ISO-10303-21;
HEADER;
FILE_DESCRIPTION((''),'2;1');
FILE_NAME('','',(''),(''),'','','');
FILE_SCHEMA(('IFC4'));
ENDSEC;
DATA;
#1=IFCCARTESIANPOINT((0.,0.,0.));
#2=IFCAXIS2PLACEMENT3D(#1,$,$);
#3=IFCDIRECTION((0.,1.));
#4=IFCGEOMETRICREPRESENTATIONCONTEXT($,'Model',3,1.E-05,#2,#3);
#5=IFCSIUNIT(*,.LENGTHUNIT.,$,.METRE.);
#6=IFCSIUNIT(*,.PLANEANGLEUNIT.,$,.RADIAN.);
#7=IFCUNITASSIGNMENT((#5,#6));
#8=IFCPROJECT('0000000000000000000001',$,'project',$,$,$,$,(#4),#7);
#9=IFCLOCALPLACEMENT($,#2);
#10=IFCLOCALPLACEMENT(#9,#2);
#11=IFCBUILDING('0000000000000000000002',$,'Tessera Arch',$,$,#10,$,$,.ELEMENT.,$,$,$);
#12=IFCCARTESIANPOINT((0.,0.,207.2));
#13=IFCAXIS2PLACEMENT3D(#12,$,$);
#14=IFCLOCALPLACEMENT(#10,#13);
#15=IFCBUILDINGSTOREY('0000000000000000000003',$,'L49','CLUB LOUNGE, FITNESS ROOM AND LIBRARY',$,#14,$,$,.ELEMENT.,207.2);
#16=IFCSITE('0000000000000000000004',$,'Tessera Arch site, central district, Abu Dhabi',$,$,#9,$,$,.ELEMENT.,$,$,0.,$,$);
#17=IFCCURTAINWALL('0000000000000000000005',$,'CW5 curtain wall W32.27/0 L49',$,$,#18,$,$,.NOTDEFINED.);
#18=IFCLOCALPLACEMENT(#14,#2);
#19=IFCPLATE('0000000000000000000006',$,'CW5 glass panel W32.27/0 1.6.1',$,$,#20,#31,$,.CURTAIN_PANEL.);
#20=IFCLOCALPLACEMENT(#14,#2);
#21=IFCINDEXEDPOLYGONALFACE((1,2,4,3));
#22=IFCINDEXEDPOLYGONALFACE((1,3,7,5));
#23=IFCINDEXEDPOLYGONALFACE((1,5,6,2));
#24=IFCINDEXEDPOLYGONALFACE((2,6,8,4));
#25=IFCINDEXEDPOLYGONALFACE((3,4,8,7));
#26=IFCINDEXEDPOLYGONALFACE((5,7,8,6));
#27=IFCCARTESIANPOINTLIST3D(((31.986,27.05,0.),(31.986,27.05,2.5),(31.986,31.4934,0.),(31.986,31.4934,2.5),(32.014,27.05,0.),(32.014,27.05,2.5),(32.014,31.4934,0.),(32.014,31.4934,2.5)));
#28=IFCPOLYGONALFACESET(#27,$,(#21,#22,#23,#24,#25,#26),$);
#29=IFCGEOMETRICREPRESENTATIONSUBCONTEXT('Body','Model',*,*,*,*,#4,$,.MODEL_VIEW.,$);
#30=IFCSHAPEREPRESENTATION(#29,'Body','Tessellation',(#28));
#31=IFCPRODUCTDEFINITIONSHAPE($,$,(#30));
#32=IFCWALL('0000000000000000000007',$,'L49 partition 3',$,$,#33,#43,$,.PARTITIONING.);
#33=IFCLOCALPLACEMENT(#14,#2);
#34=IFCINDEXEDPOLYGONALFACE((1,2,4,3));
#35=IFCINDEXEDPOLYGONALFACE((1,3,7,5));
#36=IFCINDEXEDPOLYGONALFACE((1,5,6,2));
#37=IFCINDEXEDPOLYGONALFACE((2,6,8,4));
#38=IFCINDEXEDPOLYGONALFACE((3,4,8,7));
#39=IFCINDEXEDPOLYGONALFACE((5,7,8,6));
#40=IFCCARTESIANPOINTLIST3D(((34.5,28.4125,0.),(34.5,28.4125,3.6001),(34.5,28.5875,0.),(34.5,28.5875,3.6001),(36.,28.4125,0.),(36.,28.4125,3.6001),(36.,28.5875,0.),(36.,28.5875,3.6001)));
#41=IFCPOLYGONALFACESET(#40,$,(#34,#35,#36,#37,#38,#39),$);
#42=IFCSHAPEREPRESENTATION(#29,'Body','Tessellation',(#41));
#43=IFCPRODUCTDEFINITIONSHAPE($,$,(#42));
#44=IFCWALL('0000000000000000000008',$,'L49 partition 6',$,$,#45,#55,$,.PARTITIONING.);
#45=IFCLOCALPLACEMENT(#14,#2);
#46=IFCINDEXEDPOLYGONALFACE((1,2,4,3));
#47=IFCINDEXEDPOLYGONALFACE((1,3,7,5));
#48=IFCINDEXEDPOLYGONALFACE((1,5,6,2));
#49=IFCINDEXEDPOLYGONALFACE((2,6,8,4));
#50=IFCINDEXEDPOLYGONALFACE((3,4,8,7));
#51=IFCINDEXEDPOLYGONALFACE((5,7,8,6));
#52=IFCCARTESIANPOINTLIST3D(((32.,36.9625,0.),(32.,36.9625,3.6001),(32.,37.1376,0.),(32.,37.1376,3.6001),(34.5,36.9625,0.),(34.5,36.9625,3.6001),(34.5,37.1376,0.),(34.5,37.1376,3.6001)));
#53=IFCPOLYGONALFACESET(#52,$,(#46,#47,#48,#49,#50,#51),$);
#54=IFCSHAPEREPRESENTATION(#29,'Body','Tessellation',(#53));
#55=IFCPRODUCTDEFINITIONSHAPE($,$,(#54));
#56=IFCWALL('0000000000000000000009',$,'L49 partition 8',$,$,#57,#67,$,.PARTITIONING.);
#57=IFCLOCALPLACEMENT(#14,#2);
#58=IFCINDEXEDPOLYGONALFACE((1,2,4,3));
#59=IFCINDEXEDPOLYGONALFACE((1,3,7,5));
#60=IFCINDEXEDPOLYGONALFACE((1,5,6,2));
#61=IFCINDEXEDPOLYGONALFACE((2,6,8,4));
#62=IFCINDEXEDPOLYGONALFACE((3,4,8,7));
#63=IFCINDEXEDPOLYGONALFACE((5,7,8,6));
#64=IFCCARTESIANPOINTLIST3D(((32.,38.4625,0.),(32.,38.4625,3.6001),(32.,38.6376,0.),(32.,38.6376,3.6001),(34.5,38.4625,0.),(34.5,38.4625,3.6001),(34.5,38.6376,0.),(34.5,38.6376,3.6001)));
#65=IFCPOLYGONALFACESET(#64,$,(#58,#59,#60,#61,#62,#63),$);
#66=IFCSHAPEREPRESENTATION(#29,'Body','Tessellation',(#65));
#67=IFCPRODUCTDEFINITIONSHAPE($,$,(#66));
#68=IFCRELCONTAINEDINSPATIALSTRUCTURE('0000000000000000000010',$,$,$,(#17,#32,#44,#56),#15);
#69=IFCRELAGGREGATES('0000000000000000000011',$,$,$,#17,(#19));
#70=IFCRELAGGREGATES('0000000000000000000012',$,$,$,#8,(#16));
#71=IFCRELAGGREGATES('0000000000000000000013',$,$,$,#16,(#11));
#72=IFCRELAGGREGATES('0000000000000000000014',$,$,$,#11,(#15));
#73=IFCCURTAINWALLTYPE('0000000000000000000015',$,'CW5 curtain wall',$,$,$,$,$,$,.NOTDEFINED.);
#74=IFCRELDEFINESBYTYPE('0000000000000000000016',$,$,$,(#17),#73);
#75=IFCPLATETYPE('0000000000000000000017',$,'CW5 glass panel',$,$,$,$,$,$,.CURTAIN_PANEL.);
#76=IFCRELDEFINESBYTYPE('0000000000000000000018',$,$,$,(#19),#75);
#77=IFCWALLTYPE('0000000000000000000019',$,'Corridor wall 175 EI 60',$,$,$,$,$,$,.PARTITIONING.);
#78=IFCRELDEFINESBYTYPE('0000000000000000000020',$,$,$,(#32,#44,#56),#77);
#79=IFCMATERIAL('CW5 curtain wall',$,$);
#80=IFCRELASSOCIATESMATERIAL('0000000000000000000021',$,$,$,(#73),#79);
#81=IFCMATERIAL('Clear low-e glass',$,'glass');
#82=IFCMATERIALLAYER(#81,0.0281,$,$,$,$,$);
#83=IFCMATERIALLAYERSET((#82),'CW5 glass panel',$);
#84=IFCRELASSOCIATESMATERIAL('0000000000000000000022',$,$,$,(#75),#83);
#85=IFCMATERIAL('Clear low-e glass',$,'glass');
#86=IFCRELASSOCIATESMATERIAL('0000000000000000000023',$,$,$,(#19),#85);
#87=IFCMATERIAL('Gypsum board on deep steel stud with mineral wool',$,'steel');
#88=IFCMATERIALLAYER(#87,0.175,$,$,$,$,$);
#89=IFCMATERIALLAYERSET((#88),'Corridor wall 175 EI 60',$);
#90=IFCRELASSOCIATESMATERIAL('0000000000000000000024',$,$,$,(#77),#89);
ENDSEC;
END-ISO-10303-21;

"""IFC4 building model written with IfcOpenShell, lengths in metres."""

from ifc_helpers import new_model, si_unit, direction, frame, frame_2d, origin, origin_2d, place, context, subcontext, project, spatial, rectangle, extrude, material, layer, layer_set, type_object, element, aggregate, save


model = new_model("IFC4")

# Units and contexts
model_context = context("Model", 3, precision=1e-05, world=origin(), true_north=direction((0.0, 1.0)))
body_context = subcontext(model_context, "Body", "Model", "MODEL_VIEW")
ifc_project = project(units=[si_unit("LENGTHUNIT", "METRE"), si_unit("PLANEANGLEUNIT", "RADIAN")], contexts=[model_context])

# Site, building, storey
site_placement = place(None, origin())
site = spatial("IfcSite", under=ifc_project, at=site_placement, Name="Tessera Arch site, central district, Abu Dhabi", CompositionType="ELEMENT", RefElevation=0.0)
building_placement = place(site_placement, origin())
building = spatial("IfcBuilding", under=site, at=building_placement, Name="Tessera Arch", CompositionType="ELEMENT")
storey_placement = place(building_placement, frame((0.0, 0.0, 207.2)))
storey = spatial("IfcBuildingStorey", under=building, at=storey_placement, Name="L49", Description="CLUB LOUNGE, FITNESS ROOM AND LIBRARY", CompositionType="ELEMENT", Elevation=207.2)

# Shared definitions
ifc_material_1 = material(Name="CW5 curtain wall")
curtain_wall_type_1 = type_object("IfcCurtainWallType", Name="CW5 curtain wall", PredefinedType="NOTDEFINED", material=ifc_material_1)

# Curtain wall
curtain_wall_1_placement = place(storey_placement, origin())
curtain_wall_1 = element("IfcCurtainWall", 1, at=curtain_wall_1_placement, inside=storey, type_object=curtain_wall_type_1, Name="CW5 curtain wall W32.27/0 L49", PredefinedType="NOTDEFINED")

# Plate
ifc_material_2 = material(Name="Clear low-e glass", Category="glass")
ifc_material_3 = material(Name="Clear low-e glass", Category="glass")
ifc_layer_1 = layer(ifc_material_3, 0.0281)
ifc_layer_set_1 = layer_set([ifc_layer_1], Name="CW5 glass panel")
plate_type_1 = type_object("IfcPlateType", Name="CW5 glass panel", PredefinedType="CURTAIN_PANEL", material=ifc_layer_set_1)
plate_1_placement = place(storey_placement, frame((32.0, 29.2717, 0.0), z_axis=(0.0, 0.0, 1.0), x_axis=(0.0, -1.0, 0.0)))
plate_1 = element("IfcPlate", 2, at=plate_1_placement, type_object=plate_type_1, material=ifc_material_2, Name="CW5 glass panel W32.27/0 1.6.1", PredefinedType="CURTAIN_PANEL", context=body_context, shape_type="SweptSolid", body=[
    extrude(rectangle(XDim=4.4434, YDim=0.0281, at=origin_2d()), origin(), (0.0, 0.0, 1.0), 2.5),
])
aggregate(curtain_wall_1, [plate_1])

# Walls
ifc_material_4 = material(Name="Gypsum board on deep steel stud with mineral wool", Category="steel")
ifc_layer_2 = layer(ifc_material_4, 0.175)
ifc_layer_set_2 = layer_set([ifc_layer_2], Name="Corridor wall 175 EI 60")
wall_type = type_object("IfcWallType", Name="Corridor wall 175 EI 60", PredefinedType="PARTITIONING", material=ifc_layer_set_2)
wall_placement = place(storey_placement, frame((34.5, 28.5, 0.0), z_axis=(0.0, 0.0, 1.0), x_axis=(1.0, 0.0, 0.0)))
element("IfcWall", 3, at=wall_placement, inside=storey, type_object=wall_type, Name="L49 partition 3", PredefinedType="PARTITIONING", context=body_context, shape_type="SweptSolid", body=[
    extrude(rectangle(XDim=1.5, YDim=0.175, at=frame_2d((0.75, 0.0))), origin(), (0.0, 0.0, 1.0), 3.6001),
])
for number, where, z_axis, x_axis, name in (
    (4, (32.0, 37.05, 0.0), (0.0, 0.0, 1.0), (1.0, 0.0, 0.0), "L49 partition 6"),
    (5, (32.0, 38.55, 0.0), (0.0, 0.0, 1.0), (1.0, 0.0, 0.0), "L49 partition 8"),
):
    element("IfcWall", number, at=place(storey_placement, frame(where, z_axis=z_axis, x_axis=x_axis)), inside=storey, type_object=wall_type, Name=name, PredefinedType="PARTITIONING", context=body_context, shape_type="SweptSolid", body=[
        extrude(rectangle(XDim=2.5, YDim=0.175, at=frame_2d((1.25, 0.0))), origin(), (0.0, 0.0, 1.0), 3.6001),
    ])

save(model, "model.ifc")
